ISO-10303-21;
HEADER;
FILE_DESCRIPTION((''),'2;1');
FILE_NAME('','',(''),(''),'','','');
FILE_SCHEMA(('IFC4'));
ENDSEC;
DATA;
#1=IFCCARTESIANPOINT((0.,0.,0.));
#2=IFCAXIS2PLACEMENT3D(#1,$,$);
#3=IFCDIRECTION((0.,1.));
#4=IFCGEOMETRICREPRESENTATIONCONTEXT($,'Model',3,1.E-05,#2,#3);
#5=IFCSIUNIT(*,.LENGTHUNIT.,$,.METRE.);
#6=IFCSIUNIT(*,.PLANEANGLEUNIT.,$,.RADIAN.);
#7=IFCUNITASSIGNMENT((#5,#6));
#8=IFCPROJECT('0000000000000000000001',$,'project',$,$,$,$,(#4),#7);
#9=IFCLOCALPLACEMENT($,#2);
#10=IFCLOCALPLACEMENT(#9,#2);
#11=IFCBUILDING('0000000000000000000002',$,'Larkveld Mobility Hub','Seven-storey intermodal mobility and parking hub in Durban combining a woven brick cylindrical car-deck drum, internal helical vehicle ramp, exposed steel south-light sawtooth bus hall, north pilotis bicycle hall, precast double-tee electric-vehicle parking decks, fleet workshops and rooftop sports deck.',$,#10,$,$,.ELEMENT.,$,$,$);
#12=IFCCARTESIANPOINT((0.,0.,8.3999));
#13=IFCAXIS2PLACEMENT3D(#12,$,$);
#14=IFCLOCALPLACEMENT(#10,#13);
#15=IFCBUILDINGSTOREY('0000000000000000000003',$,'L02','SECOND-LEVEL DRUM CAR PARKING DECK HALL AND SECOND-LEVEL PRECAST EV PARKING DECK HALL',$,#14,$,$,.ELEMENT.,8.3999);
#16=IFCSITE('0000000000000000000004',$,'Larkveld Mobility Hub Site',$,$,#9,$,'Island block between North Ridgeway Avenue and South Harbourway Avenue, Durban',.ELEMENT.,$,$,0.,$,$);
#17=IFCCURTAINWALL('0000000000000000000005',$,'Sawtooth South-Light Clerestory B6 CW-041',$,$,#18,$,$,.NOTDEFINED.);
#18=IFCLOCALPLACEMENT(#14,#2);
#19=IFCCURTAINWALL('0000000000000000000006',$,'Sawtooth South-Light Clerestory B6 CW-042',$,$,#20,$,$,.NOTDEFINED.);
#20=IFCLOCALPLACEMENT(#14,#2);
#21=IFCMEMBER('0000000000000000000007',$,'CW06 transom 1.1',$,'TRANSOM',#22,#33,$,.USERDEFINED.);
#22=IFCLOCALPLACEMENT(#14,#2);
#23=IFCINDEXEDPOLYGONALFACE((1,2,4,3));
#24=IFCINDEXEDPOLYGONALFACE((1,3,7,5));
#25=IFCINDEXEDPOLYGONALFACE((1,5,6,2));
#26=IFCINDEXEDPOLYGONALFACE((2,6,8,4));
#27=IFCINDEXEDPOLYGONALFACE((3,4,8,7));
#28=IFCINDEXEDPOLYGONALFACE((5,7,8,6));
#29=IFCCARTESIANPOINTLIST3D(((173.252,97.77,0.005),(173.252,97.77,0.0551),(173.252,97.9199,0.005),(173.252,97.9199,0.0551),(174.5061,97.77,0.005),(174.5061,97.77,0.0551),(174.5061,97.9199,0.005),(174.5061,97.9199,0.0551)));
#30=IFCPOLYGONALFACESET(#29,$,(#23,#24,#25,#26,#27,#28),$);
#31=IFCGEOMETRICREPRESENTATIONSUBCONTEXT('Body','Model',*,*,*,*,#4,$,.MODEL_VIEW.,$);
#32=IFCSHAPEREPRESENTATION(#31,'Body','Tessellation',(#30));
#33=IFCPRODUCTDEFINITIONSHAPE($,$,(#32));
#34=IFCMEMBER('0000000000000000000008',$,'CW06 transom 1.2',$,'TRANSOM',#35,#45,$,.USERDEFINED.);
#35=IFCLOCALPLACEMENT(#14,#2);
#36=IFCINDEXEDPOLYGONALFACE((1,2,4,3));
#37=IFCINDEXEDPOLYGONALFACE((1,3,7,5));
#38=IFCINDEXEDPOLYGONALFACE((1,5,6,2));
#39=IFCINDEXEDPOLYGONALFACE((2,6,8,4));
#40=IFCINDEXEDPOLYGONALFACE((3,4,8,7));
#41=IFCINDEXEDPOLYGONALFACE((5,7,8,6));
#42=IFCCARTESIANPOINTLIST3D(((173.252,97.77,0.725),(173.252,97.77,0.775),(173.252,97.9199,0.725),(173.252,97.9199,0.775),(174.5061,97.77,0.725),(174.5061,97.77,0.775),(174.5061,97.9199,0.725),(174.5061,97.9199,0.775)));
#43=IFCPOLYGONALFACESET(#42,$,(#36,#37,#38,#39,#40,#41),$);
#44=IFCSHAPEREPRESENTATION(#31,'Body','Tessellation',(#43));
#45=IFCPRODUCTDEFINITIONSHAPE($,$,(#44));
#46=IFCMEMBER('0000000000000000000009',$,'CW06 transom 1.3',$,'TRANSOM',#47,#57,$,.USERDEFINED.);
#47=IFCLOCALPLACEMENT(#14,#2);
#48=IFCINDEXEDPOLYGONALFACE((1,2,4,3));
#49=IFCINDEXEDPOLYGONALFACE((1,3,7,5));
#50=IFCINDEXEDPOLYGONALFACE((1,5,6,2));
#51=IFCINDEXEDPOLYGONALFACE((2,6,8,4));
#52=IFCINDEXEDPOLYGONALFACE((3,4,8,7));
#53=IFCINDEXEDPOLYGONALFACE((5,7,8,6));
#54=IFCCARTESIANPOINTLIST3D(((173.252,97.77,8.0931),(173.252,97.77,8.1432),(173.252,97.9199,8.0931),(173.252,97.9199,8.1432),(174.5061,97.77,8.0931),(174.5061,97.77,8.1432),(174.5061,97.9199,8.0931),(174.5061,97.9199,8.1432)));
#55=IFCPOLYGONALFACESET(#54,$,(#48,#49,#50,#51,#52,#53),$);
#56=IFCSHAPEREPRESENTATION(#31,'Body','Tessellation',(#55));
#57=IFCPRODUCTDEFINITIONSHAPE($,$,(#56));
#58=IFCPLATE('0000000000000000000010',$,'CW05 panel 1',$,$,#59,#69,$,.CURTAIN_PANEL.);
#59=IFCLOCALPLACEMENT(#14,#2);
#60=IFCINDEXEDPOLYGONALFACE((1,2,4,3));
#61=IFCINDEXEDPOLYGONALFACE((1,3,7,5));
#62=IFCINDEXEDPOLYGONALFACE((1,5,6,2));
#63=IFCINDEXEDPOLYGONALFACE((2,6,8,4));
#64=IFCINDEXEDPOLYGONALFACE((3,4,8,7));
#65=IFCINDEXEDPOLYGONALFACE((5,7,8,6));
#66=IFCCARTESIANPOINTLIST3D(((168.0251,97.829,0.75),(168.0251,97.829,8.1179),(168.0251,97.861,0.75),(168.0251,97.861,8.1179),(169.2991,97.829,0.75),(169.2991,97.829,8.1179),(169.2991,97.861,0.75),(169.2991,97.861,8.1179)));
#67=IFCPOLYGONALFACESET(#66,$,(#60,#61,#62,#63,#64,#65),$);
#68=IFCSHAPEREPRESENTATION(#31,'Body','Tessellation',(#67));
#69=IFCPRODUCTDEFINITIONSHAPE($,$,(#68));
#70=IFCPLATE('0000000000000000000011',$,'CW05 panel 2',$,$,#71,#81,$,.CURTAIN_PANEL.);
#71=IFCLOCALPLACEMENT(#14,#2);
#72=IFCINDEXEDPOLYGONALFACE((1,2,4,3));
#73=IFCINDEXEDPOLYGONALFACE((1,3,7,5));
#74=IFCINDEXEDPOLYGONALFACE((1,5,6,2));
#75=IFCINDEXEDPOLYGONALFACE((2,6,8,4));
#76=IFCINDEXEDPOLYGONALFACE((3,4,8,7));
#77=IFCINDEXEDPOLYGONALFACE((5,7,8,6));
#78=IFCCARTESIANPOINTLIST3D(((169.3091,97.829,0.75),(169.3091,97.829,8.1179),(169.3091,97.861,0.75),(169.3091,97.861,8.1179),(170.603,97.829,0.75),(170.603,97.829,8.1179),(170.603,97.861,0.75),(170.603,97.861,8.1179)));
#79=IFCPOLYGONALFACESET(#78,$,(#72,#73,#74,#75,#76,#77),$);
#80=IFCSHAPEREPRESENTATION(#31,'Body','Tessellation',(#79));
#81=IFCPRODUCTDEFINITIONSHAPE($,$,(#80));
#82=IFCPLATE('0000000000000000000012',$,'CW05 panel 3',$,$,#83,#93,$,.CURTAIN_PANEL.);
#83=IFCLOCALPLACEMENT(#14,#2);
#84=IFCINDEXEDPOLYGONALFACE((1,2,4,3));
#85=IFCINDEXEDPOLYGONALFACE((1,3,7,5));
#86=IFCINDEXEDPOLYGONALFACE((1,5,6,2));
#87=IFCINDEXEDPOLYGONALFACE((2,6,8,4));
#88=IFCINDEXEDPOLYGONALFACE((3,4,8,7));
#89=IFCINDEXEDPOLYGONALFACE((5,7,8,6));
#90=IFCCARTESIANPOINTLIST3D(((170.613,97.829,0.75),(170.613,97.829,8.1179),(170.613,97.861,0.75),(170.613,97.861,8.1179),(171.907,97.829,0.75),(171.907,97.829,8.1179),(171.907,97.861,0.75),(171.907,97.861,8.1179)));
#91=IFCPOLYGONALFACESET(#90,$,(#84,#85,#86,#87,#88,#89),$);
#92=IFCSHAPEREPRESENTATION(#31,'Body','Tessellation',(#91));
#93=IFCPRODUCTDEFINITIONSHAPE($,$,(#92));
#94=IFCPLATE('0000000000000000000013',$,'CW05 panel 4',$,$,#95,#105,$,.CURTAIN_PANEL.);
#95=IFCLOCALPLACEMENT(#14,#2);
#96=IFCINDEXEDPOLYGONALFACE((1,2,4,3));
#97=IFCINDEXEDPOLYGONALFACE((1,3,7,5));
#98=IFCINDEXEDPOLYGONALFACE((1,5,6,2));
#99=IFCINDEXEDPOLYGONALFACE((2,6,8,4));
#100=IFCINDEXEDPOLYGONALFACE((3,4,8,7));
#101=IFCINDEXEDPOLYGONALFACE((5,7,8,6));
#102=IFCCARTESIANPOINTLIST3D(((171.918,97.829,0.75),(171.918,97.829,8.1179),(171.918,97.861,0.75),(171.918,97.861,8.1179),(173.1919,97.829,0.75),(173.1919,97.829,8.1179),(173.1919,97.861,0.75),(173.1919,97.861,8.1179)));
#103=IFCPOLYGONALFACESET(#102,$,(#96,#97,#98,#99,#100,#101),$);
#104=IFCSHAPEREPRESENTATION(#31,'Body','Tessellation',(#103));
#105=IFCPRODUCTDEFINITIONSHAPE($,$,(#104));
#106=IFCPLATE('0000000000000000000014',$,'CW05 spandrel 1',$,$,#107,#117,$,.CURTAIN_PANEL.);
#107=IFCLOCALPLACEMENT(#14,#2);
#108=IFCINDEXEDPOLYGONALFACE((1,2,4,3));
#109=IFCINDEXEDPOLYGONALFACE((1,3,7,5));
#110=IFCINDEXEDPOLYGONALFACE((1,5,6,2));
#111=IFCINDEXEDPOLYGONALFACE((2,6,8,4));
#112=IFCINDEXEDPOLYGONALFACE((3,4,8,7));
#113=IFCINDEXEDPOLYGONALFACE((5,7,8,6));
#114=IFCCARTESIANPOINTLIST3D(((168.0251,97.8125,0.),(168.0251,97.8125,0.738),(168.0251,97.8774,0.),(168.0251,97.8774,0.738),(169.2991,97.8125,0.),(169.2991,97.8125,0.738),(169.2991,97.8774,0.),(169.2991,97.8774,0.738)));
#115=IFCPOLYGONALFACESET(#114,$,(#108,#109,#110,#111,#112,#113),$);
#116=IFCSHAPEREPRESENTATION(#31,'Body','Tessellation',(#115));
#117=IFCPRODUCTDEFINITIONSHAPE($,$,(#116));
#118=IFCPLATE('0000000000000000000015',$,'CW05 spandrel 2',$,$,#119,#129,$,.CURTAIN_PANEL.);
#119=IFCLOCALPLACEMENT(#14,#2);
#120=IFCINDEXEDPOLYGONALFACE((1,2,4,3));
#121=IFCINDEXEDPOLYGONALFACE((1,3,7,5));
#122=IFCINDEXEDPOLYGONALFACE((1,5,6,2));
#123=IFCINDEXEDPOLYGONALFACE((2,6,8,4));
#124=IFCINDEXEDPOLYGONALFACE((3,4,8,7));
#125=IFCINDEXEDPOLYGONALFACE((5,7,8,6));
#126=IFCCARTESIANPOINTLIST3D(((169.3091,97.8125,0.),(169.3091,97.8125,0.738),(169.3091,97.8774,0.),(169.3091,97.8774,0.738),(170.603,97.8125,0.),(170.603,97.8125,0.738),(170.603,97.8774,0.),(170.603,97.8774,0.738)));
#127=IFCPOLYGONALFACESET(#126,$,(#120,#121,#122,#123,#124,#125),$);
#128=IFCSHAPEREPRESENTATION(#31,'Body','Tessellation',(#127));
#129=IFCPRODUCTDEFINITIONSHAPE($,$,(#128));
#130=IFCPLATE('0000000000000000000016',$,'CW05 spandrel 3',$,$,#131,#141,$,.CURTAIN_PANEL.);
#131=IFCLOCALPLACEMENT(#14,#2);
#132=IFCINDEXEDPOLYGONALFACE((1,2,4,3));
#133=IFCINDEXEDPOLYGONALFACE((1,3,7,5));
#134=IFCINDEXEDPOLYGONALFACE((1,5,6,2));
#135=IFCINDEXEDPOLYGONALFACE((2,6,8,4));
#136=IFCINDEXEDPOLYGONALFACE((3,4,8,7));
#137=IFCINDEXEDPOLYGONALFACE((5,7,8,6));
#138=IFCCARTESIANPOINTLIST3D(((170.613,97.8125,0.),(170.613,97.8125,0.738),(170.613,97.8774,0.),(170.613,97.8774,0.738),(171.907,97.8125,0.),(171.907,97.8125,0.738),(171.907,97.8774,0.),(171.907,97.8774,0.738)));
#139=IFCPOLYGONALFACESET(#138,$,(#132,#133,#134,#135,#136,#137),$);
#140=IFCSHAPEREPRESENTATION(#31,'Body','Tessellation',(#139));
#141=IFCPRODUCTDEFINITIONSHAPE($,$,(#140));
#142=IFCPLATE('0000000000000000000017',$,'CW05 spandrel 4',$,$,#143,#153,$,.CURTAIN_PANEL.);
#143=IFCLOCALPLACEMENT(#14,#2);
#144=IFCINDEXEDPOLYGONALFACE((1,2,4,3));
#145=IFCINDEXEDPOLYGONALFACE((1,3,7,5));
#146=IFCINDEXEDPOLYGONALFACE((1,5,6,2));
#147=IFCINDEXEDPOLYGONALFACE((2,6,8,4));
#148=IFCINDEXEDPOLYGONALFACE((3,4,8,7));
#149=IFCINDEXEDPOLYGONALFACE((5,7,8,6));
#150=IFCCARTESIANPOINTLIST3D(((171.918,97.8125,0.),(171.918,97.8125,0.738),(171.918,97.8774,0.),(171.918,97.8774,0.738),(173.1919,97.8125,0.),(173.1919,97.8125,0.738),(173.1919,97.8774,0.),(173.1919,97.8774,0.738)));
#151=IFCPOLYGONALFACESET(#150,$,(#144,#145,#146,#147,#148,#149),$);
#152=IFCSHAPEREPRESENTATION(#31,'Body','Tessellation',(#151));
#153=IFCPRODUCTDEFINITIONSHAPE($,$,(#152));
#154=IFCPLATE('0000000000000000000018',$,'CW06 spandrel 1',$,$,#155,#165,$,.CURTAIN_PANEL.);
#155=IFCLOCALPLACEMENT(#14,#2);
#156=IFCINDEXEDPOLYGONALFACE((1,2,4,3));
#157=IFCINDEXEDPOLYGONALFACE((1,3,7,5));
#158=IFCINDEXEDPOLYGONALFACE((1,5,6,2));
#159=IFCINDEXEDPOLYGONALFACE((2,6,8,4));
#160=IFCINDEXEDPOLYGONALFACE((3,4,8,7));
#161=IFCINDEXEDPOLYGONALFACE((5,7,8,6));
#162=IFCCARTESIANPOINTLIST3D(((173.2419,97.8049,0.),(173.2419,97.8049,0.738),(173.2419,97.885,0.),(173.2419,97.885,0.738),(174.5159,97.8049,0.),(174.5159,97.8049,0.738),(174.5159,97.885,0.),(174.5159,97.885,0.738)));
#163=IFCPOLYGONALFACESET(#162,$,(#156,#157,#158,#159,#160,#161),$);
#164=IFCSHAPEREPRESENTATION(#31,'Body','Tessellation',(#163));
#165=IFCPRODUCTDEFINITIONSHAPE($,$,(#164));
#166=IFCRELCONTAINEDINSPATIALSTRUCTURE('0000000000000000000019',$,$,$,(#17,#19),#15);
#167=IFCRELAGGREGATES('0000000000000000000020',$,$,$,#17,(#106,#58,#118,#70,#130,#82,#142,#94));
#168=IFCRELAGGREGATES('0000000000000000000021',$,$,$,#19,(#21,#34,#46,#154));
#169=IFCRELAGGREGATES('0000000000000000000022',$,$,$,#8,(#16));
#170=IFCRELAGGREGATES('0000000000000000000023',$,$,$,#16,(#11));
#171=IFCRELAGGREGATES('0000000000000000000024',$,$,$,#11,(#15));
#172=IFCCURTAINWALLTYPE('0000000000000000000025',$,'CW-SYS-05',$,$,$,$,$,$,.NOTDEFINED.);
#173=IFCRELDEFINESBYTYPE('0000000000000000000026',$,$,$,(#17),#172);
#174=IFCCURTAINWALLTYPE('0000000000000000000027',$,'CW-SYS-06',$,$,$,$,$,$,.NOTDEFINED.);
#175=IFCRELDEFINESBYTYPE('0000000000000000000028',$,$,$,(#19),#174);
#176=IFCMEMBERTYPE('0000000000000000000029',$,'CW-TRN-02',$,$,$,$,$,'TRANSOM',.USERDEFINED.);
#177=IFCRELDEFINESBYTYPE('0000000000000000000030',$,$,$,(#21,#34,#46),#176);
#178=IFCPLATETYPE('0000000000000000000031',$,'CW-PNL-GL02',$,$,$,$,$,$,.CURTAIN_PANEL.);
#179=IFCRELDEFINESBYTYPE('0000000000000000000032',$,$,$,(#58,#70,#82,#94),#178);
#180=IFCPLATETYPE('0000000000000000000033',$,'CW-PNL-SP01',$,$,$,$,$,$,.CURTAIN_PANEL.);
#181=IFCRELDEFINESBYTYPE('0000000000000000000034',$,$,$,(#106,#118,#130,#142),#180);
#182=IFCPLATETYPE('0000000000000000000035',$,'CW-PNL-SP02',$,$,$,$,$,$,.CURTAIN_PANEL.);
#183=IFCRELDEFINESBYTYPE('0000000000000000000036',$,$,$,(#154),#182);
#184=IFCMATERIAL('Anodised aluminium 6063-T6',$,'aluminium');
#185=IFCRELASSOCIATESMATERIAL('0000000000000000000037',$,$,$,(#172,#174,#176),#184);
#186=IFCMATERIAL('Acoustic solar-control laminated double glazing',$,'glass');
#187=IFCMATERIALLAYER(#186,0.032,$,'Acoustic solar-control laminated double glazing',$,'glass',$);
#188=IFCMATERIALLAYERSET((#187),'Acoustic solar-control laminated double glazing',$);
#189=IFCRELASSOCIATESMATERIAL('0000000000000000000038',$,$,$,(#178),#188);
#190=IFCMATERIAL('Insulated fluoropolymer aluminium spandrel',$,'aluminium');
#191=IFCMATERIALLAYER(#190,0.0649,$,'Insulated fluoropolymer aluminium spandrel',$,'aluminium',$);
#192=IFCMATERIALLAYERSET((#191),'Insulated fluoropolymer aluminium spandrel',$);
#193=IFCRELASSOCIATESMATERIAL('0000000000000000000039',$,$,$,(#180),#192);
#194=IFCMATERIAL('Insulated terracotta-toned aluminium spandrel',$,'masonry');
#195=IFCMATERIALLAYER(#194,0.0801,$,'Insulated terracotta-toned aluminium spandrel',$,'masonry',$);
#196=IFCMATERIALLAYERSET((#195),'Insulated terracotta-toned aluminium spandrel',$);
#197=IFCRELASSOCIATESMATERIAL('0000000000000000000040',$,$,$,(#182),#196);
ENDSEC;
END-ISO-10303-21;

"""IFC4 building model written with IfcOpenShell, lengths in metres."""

from ifc_helpers import new_model, si_unit, direction, frame, origin, origin_2d, place, context, subcontext, project, spatial, rectangle, extrude, material, layer, layer_set, material_profile, profile_set, type_object, element, aggregate, save


model = new_model("IFC4")

# Units and contexts
model_context = context("Model", 3, precision=1e-05, world=origin(), true_north=direction((0.0, 1.0)))
body_context = subcontext(model_context, "Body", "Model", "MODEL_VIEW")
ifc_project = project(units=[si_unit("LENGTHUNIT", "METRE"), si_unit("PLANEANGLEUNIT", "RADIAN")], contexts=[model_context])

# Site, building, storey
site_placement = place(None, origin())
site = spatial("IfcSite", under=ifc_project, at=site_placement, Name="Larkveld Mobility Hub Site", LongName="Island block between North Ridgeway Avenue and South Harbourway Avenue, Durban", CompositionType="ELEMENT", RefElevation=0.0)
building_placement = place(site_placement, origin())
building = spatial("IfcBuilding", under=site, at=building_placement, Name="Larkveld Mobility Hub", Description="Seven-storey intermodal mobility and parking hub in Durban combining a woven brick cylindrical car-deck drum, internal helical vehicle ramp, exposed steel south-light sawtooth bus hall, north pilotis bicycle hall, precast double-tee electric-vehicle parking decks, fleet workshops and rooftop sports deck.", CompositionType="ELEMENT")
storey_placement = place(building_placement, frame((0.0, 0.0, 8.3999)))
storey = spatial("IfcBuildingStorey", under=building, at=storey_placement, Name="L02", Description="SECOND-LEVEL DRUM CAR PARKING DECK HALL AND SECOND-LEVEL PRECAST EV PARKING DECK HALL", CompositionType="ELEMENT", Elevation=8.3999)

# Curtain wall
ifc_material_1 = material(Name="Anodised aluminium 6063-T6", Category="aluminium")
curtain_wall_type_1 = type_object("IfcCurtainWallType", Name="CW-SYS-05", PredefinedType="NOTDEFINED", material=ifc_material_1)
curtain_wall_1_placement = place(storey_placement, origin())
curtain_wall_1 = element("IfcCurtainWall", 1, at=curtain_wall_1_placement, inside=storey, type_object=curtain_wall_type_1, Name="Sawtooth South-Light Clerestory B6 CW-041", PredefinedType="NOTDEFINED")

# Curtain wall
curtain_wall_type_2 = type_object("IfcCurtainWallType", Name="CW-SYS-06", PredefinedType="NOTDEFINED", material=ifc_material_1)
curtain_wall_2_placement = place(storey_placement, origin())
curtain_wall_2 = element("IfcCurtainWall", 2, at=curtain_wall_2_placement, inside=storey, type_object=curtain_wall_type_2, Name="Sawtooth South-Light Clerestory B6 CW-042", PredefinedType="NOTDEFINED")

# Members
ifc_material_profile_1 = material_profile(ifc_material_1, rectangle(XDim=0.1499, YDim=0.05, at=origin_2d()), Name="ALU TRAN 50x150")
ifc_profile_set_1 = profile_set([ifc_material_profile_1], Name="Anodised aluminium 6063-T6")
member_type_1 = type_object("IfcMemberType", Name="CW-TRN-02", ElementType="TRANSOM", PredefinedType="USERDEFINED", material=ifc_profile_set_1)
member_1_placement = place(storey_placement, frame((173.252, 97.845, 0.03), z_axis=(1.0, 0.0, 0.0), x_axis=(0.0, 1.0, 0.0)))
member_1 = element("IfcMember", 3, at=member_1_placement, type_object=member_type_1, Name="CW06 transom 1.1", ObjectType="TRANSOM", PredefinedType="USERDEFINED", context=body_context, shape_type="SweptSolid", body=[
    extrude(rectangle(XDim=0.1499, YDim=0.05, at=origin_2d()), origin(), (0.0, 0.0, 1.0), 1.2542),
])
member_2_placement = place(storey_placement, frame((173.252, 97.845, 0.75), z_axis=(1.0, 0.0, 0.0), x_axis=(0.0, 1.0, 0.0)))
member_2 = element("IfcMember", 4, at=member_2_placement, type_object=member_type_1, Name="CW06 transom 1.2", ObjectType="TRANSOM", PredefinedType="USERDEFINED", context=body_context, shape_type="SweptSolid", body=[
    extrude(rectangle(XDim=0.1499, YDim=0.05, at=origin_2d()), origin(), (0.0, 0.0, 1.0), 1.2542),
])
member_3_placement = place(storey_placement, frame((173.252, 97.845, 8.1182), z_axis=(1.0, 0.0, 0.0), x_axis=(0.0, 1.0, 0.0)))
member_3 = element("IfcMember", 5, at=member_3_placement, type_object=member_type_1, Name="CW06 transom 1.3", ObjectType="TRANSOM", PredefinedType="USERDEFINED", context=body_context, shape_type="SweptSolid", body=[
    extrude(rectangle(XDim=0.1499, YDim=0.05, at=origin_2d()), origin(), (0.0, 0.0, 1.0), 1.2542),
])

# Plates
ifc_material_2 = material(Name="Acoustic solar-control laminated double glazing", Category="glass")
ifc_layer_1 = layer(ifc_material_2, 0.032, Name="Acoustic solar-control laminated double glazing", Category="glass")
ifc_layer_set_1 = layer_set([ifc_layer_1], Name="Acoustic solar-control laminated double glazing")
plate_type_1 = type_object("IfcPlateType", Name="CW-PNL-GL02", PredefinedType="CURTAIN_PANEL", material=ifc_layer_set_1)
plate_1_placement = place(storey_placement, frame((168.6621, 97.845, 0.75), z_axis=(0.0, 0.0, 1.0), x_axis=(1.0, 0.0, 0.0)))
plate_1 = element("IfcPlate", 6, at=plate_1_placement, type_object=plate_type_1, Name="CW05 panel 1", PredefinedType="CURTAIN_PANEL", context=body_context, shape_type="SweptSolid", body=[
    extrude(rectangle(XDim=1.2739, YDim=0.032, at=origin_2d()), origin(), (0.0, 0.0, 1.0), 7.3679),
])
plate_2_placement = place(storey_placement, frame((169.9561, 97.845, 0.75), z_axis=(0.0, 0.0, 1.0), x_axis=(1.0, 0.0, 0.0)))
plate_2 = element("IfcPlate", 7, at=plate_2_placement, type_object=plate_type_1, Name="CW05 panel 2", PredefinedType="CURTAIN_PANEL", context=body_context, shape_type="SweptSolid", body=[
    extrude(rectangle(XDim=1.2939, YDim=0.032, at=origin_2d()), origin(), (0.0, 0.0, 1.0), 7.3679),
])
plate_3_placement = place(storey_placement, frame((171.26, 97.845, 0.75), z_axis=(0.0, 0.0, 1.0), x_axis=(1.0, 0.0, 0.0)))
plate_3 = element("IfcPlate", 8, at=plate_3_placement, type_object=plate_type_1, Name="CW05 panel 3", PredefinedType="CURTAIN_PANEL", context=body_context, shape_type="SweptSolid", body=[
    extrude(rectangle(XDim=1.2939, YDim=0.032, at=origin_2d()), origin(), (0.0, 0.0, 1.0), 7.3679),
])
plate_4_placement = place(storey_placement, frame((172.5549, 97.845, 0.75), z_axis=(0.0, 0.0, 1.0), x_axis=(1.0, 0.0, 0.0)))
plate_4 = element("IfcPlate", 9, at=plate_4_placement, type_object=plate_type_1, Name="CW05 panel 4", PredefinedType="CURTAIN_PANEL", context=body_context, shape_type="SweptSolid", body=[
    extrude(rectangle(XDim=1.2739, YDim=0.032, at=origin_2d()), origin(), (0.0, 0.0, 1.0), 7.3679),
])
ifc_material_3 = material(Name="Insulated fluoropolymer aluminium spandrel", Category="aluminium")
ifc_layer_2 = layer(ifc_material_3, 0.0649, Name="Insulated fluoropolymer aluminium spandrel", Category="aluminium")
ifc_layer_set_2 = layer_set([ifc_layer_2], Name="Insulated fluoropolymer aluminium spandrel")
plate_type_2 = type_object("IfcPlateType", Name="CW-PNL-SP01", PredefinedType="CURTAIN_PANEL", material=ifc_layer_set_2)
plate_5_placement = place(storey_placement, frame((168.6621, 97.845, 0.0), z_axis=(0.0, 0.0, 1.0), x_axis=(1.0, 0.0, 0.0)))
plate_5 = element("IfcPlate", 10, at=plate_5_placement, type_object=plate_type_2, Name="CW05 spandrel 1", PredefinedType="CURTAIN_PANEL", context=body_context, shape_type="SweptSolid", body=[
    extrude(rectangle(XDim=1.2739, YDim=0.0649, at=origin_2d()), origin(), (0.0, 0.0, 1.0), 0.738),
])
plate_6_placement = place(storey_placement, frame((169.9561, 97.845, 0.0), z_axis=(0.0, 0.0, 1.0), x_axis=(1.0, 0.0, 0.0)))
plate_6 = element("IfcPlate", 11, at=plate_6_placement, type_object=plate_type_2, Name="CW05 spandrel 2", PredefinedType="CURTAIN_PANEL", context=body_context, shape_type="SweptSolid", body=[
    extrude(rectangle(XDim=1.2939, YDim=0.0649, at=origin_2d()), origin(), (0.0, 0.0, 1.0), 0.738),
])
plate_7_placement = place(storey_placement, frame((171.26, 97.845, 0.0), z_axis=(0.0, 0.0, 1.0), x_axis=(1.0, 0.0, 0.0)))
plate_7 = element("IfcPlate", 12, at=plate_7_placement, type_object=plate_type_2, Name="CW05 spandrel 3", PredefinedType="CURTAIN_PANEL", context=body_context, shape_type="SweptSolid", body=[
    extrude(rectangle(XDim=1.2939, YDim=0.0649, at=origin_2d()), origin(), (0.0, 0.0, 1.0), 0.738),
])
plate_8_placement = place(storey_placement, frame((172.5549, 97.845, 0.0), z_axis=(0.0, 0.0, 1.0), x_axis=(1.0, 0.0, 0.0)))
plate_8 = element("IfcPlate", 13, at=plate_8_placement, type_object=plate_type_2, Name="CW05 spandrel 4", PredefinedType="CURTAIN_PANEL", context=body_context, shape_type="SweptSolid", body=[
    extrude(rectangle(XDim=1.2739, YDim=0.0649, at=origin_2d()), origin(), (0.0, 0.0, 1.0), 0.738),
])
aggregate(curtain_wall_1, [plate_5, plate_1, plate_6, plate_2, plate_7, plate_3, plate_8, plate_4])
ifc_material_4 = material(Name="Insulated terracotta-toned aluminium spandrel", Category="masonry")
ifc_layer_3 = layer(ifc_material_4, 0.0801, Name="Insulated terracotta-toned aluminium spandrel", Category="masonry")
ifc_layer_set_3 = layer_set([ifc_layer_3], Name="Insulated terracotta-toned aluminium spandrel")
plate_type_3 = type_object("IfcPlateType", Name="CW-PNL-SP02", PredefinedType="CURTAIN_PANEL", material=ifc_layer_set_3)
plate_9_placement = place(storey_placement, frame((173.8789, 97.845, 0.0), z_axis=(0.0, 0.0, 1.0), x_axis=(1.0, 0.0, 0.0)))
plate_9 = element("IfcPlate", 14, at=plate_9_placement, type_object=plate_type_3, Name="CW06 spandrel 1", PredefinedType="CURTAIN_PANEL", context=body_context, shape_type="SweptSolid", body=[
    extrude(rectangle(XDim=1.2739, YDim=0.0801, at=origin_2d()), origin(), (0.0, 0.0, 1.0), 0.738),
])
aggregate(curtain_wall_2, [member_1, member_2, member_3, plate_9])

save(model, "model.ifc")
